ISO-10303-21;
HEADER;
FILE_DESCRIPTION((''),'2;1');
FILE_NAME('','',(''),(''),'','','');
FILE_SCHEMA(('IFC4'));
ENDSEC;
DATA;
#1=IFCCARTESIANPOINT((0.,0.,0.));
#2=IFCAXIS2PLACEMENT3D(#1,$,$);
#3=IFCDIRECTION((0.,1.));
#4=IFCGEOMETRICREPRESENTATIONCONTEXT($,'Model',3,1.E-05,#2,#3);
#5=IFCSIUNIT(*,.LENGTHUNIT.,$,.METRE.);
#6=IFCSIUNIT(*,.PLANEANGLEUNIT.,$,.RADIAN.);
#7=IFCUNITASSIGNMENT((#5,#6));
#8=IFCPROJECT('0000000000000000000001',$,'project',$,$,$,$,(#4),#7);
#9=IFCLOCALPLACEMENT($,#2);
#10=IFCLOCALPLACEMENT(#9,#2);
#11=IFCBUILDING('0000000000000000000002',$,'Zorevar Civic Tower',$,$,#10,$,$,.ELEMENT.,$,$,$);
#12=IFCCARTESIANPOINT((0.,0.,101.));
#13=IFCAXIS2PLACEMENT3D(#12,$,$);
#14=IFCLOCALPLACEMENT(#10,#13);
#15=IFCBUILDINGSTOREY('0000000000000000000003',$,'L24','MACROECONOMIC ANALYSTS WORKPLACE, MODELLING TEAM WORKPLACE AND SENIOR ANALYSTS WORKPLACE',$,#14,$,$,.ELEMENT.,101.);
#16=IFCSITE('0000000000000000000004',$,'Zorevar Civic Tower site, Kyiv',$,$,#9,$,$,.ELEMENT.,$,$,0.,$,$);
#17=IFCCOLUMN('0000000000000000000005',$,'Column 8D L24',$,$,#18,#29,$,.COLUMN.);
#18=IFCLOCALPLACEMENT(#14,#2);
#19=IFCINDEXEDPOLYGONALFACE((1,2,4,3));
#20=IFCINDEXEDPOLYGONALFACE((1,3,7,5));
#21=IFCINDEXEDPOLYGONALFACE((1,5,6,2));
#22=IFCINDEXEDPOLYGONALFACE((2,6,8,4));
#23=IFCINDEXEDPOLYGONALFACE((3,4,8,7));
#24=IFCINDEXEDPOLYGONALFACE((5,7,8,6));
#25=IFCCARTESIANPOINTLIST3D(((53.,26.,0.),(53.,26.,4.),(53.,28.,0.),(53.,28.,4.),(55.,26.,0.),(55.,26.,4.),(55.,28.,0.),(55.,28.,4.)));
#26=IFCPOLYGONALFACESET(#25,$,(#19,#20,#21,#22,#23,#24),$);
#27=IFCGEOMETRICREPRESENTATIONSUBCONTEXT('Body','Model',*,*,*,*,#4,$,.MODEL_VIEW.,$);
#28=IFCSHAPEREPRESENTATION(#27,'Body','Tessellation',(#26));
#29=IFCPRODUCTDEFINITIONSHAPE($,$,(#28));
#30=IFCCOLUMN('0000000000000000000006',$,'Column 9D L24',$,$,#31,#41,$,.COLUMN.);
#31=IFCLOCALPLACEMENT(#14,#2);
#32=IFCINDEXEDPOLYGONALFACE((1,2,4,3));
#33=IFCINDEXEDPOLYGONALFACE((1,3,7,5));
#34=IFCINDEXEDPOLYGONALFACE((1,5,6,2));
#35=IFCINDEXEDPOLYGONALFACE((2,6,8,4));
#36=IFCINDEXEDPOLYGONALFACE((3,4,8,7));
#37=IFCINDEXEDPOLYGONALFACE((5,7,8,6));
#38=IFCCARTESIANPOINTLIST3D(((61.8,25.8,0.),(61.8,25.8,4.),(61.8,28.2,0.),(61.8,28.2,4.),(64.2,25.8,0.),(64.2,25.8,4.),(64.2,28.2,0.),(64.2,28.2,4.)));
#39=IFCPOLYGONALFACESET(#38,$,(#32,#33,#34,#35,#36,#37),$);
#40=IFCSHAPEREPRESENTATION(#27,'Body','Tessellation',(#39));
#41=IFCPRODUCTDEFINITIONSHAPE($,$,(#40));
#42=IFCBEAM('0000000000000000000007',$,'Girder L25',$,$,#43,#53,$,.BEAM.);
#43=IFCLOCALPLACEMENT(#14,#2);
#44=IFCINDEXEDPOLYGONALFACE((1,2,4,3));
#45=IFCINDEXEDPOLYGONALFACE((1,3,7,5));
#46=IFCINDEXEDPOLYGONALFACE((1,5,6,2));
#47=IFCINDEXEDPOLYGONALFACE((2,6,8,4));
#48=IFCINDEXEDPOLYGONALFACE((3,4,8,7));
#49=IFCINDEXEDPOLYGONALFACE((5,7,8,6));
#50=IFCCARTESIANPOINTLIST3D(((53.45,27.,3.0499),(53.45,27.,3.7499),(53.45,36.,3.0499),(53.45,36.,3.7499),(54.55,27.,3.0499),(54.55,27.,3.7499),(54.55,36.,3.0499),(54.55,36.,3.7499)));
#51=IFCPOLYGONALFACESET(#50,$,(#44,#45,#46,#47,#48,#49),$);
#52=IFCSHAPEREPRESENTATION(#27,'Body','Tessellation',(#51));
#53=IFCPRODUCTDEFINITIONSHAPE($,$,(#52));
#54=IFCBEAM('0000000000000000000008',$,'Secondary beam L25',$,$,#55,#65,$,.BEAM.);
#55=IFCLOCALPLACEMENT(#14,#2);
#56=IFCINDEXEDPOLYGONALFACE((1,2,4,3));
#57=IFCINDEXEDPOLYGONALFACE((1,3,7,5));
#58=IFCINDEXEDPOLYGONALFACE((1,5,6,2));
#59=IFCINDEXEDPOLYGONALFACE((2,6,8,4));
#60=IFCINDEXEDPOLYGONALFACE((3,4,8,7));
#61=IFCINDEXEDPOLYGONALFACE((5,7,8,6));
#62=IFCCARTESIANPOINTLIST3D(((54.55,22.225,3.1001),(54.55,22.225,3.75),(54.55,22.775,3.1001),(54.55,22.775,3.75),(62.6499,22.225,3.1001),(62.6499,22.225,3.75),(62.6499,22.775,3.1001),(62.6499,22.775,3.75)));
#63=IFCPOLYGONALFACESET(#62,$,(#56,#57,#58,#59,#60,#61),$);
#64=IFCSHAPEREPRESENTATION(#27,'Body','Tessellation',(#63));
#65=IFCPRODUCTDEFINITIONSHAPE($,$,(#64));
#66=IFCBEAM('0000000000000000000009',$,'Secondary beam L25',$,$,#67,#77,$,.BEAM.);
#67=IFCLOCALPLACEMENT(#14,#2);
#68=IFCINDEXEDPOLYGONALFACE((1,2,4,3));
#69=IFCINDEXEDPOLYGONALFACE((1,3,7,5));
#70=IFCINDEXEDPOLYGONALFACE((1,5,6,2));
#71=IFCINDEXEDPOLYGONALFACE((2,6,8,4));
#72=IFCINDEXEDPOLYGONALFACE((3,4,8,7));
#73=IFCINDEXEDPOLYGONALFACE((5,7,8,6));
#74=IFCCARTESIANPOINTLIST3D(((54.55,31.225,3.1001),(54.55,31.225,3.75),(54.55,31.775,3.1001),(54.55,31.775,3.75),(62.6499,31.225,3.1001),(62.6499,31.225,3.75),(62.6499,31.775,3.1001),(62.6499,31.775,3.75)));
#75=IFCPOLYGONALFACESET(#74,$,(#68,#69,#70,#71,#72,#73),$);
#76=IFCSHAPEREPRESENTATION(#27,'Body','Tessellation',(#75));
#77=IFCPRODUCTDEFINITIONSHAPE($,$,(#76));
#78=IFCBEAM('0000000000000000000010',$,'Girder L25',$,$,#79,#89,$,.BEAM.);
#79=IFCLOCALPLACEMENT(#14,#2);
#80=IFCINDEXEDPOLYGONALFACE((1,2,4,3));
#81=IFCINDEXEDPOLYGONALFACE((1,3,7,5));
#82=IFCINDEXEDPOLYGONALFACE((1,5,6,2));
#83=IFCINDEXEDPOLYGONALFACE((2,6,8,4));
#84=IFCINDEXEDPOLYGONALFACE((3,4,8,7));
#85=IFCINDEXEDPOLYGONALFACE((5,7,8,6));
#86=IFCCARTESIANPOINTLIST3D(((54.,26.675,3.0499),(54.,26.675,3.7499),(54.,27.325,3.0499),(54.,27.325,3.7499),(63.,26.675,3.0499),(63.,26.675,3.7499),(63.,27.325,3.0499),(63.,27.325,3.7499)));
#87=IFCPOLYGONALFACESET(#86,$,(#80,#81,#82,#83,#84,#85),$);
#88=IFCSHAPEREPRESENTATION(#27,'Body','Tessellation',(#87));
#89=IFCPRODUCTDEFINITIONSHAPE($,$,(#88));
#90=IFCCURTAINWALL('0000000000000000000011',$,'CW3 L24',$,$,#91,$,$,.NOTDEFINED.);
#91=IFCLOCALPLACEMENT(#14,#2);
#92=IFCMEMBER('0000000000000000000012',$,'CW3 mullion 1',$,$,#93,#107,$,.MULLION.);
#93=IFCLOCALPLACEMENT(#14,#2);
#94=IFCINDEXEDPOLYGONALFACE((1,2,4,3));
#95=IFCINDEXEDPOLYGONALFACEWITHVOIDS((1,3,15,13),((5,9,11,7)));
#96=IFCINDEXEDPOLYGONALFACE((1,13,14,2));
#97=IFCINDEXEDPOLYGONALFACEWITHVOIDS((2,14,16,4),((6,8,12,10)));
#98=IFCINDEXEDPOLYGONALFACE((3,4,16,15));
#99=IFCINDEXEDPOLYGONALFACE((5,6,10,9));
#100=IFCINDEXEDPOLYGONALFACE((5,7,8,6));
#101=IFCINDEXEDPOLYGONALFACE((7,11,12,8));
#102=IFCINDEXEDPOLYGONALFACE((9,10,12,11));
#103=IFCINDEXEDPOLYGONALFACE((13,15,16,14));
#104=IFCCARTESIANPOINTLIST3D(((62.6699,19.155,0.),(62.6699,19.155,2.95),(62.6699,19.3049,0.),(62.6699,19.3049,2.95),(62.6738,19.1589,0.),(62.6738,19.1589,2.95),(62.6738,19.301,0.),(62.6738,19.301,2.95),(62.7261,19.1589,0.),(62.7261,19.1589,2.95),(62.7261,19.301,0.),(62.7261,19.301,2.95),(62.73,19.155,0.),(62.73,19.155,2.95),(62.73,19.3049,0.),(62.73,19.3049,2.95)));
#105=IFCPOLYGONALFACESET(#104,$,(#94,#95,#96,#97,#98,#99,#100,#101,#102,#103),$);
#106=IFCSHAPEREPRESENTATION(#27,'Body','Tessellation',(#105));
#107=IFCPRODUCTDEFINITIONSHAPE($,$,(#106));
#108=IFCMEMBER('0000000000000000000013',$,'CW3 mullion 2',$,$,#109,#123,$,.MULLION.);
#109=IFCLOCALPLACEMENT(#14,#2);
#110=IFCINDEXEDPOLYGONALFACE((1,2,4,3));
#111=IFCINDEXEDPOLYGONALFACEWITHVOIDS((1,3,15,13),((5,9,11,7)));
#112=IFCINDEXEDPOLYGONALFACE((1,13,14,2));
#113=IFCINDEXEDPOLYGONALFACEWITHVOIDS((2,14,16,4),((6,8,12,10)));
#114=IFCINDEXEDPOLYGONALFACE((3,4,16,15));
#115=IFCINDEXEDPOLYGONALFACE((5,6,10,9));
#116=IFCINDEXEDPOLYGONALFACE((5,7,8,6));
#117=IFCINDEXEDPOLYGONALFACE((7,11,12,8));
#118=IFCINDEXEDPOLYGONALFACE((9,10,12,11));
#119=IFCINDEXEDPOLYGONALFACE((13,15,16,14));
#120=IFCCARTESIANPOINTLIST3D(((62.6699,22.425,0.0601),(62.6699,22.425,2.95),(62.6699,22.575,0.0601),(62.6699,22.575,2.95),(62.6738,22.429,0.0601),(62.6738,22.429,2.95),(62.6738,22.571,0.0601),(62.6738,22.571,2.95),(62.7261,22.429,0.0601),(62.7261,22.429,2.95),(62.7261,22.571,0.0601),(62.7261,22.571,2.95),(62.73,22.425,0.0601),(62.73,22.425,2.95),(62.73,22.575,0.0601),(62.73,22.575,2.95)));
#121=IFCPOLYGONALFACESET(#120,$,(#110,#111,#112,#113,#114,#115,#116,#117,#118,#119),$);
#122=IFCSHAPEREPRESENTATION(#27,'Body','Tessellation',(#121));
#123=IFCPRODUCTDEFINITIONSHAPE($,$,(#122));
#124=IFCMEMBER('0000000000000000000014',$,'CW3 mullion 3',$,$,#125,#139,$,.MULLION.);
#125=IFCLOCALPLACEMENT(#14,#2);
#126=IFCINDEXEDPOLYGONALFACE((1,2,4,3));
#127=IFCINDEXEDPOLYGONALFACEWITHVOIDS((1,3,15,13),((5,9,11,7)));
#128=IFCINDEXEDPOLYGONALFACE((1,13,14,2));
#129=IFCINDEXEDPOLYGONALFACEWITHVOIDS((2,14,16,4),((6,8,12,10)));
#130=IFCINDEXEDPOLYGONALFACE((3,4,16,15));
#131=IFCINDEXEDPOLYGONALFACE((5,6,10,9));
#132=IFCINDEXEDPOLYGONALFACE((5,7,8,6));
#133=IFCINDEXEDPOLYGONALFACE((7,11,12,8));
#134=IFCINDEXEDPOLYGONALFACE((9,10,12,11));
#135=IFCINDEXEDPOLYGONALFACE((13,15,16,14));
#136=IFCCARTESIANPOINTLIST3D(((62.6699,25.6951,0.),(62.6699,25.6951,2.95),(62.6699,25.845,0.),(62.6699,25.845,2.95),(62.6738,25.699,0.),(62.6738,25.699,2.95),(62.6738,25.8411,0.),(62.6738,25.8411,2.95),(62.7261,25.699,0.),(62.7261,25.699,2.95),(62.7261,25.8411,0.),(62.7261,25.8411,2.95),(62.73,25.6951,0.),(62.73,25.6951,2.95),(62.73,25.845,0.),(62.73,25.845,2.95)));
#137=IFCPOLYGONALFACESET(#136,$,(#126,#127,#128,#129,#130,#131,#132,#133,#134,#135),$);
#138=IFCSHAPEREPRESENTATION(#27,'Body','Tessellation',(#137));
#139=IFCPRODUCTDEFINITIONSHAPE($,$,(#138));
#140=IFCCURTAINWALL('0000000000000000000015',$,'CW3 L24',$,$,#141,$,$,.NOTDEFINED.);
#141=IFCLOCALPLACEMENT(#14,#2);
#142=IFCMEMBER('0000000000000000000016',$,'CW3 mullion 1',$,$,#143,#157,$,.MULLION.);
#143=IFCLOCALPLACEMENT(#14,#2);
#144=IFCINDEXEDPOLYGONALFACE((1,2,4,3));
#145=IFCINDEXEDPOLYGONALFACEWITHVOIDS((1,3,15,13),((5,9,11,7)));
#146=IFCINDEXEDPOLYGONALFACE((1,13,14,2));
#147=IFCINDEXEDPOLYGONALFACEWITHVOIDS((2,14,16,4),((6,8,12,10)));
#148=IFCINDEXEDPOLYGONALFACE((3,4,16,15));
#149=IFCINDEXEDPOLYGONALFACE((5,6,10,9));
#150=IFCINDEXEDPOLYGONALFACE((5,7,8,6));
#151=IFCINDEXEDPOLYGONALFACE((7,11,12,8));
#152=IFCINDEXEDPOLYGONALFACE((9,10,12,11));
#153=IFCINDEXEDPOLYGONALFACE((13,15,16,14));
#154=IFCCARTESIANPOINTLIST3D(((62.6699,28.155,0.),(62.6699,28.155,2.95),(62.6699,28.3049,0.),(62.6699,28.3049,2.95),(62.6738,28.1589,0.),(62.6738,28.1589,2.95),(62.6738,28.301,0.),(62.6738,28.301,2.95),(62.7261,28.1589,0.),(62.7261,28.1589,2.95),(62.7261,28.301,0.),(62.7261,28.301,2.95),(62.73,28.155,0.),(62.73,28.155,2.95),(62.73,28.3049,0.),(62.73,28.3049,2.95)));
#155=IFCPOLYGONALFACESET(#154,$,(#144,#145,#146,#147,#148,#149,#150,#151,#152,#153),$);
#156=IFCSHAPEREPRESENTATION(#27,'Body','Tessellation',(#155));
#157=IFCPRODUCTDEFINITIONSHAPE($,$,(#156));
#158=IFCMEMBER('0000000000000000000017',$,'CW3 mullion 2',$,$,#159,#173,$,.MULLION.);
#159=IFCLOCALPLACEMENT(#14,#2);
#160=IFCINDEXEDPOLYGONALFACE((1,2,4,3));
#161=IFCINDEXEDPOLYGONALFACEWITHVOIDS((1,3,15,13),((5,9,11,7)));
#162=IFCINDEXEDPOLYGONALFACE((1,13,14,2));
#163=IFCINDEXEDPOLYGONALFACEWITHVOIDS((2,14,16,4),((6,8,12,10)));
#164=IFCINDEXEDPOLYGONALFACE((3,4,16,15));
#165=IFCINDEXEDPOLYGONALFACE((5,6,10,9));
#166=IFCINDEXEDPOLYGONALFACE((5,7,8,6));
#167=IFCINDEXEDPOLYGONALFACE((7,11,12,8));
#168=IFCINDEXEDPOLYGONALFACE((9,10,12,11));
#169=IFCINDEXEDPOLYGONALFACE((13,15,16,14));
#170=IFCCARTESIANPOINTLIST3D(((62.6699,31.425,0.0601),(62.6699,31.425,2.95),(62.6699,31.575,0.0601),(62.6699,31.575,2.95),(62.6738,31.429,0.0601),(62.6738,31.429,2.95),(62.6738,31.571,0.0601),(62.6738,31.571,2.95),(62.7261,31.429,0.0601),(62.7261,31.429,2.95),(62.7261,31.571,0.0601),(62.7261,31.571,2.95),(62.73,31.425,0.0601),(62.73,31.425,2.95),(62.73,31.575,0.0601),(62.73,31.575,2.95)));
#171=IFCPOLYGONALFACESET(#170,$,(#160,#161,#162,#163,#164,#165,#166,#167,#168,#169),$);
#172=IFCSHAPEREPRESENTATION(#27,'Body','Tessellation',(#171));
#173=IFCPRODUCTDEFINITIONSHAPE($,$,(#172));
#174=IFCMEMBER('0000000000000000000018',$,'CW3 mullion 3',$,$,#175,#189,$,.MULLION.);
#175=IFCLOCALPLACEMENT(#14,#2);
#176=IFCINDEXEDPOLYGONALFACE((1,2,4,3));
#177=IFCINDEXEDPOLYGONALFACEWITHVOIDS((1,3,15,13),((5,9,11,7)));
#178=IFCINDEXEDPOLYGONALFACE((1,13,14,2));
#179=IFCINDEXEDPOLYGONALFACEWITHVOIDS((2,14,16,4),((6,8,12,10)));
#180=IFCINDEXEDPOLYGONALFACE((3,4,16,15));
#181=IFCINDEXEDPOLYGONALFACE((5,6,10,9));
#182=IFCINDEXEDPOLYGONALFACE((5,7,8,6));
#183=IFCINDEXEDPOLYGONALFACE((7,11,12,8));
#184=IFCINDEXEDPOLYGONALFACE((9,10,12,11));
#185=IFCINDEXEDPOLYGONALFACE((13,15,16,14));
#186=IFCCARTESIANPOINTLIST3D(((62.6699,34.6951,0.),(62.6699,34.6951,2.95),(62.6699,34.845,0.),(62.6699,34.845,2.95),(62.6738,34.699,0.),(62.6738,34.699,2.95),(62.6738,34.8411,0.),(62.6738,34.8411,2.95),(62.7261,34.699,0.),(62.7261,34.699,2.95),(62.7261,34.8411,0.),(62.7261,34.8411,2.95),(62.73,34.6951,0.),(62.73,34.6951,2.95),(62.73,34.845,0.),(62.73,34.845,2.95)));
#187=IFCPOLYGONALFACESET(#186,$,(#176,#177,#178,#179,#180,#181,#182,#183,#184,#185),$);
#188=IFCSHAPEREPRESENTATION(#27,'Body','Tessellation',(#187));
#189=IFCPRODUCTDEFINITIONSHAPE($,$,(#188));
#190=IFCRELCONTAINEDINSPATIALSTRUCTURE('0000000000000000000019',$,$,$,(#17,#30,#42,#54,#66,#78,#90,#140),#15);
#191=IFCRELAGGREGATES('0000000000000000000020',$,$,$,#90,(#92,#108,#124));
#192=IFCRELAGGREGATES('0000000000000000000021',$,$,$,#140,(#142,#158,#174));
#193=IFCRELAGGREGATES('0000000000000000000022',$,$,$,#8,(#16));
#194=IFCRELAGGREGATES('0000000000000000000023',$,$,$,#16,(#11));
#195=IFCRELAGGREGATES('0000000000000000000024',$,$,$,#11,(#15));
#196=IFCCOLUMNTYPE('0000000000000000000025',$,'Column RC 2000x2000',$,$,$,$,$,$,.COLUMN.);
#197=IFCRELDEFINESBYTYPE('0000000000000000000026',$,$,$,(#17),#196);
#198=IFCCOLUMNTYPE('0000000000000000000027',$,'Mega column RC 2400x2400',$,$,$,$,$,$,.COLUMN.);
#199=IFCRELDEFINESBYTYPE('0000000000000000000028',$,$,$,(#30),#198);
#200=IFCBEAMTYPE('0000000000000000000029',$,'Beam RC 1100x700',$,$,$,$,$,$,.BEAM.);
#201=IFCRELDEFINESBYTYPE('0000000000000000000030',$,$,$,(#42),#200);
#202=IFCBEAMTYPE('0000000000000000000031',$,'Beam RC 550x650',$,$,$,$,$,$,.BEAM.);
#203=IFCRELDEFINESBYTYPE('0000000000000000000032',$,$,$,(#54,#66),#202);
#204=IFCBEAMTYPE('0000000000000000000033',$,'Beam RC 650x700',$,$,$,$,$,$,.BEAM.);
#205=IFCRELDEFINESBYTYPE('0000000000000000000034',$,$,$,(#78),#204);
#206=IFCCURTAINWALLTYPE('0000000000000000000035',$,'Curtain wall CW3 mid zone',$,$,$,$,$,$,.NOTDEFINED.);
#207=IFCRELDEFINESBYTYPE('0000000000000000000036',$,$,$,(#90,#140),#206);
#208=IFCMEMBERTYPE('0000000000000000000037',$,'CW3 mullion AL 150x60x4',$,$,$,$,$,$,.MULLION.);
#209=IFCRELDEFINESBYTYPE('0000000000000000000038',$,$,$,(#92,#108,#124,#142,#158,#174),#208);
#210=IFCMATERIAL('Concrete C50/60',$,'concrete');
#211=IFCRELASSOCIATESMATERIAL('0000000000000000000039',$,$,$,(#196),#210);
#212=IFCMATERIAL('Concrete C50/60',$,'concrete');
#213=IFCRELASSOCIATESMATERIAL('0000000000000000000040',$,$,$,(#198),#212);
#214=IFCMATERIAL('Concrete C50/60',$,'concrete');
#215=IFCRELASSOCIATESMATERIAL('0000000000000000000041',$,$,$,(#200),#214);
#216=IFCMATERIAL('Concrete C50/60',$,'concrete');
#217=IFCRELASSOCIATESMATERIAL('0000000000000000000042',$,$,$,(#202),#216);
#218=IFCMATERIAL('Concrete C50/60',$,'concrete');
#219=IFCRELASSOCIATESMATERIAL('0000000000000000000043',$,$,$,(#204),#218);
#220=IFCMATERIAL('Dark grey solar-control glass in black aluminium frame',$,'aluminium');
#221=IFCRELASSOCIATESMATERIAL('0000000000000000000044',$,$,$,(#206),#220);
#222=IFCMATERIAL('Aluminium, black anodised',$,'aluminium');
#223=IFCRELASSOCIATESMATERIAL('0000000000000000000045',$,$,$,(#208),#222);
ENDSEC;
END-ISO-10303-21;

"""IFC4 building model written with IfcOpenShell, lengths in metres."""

from ifc_helpers import new_model, si_unit, direction, frame, origin, origin_2d, place, context, subcontext, project, spatial, rectangle, hollow_rectangle, extrude, material, material_profile, profile_set, type_object, element, aggregate, save


model = new_model("IFC4")

# Units and contexts
model_context = context("Model", 3, precision=1e-05, world=origin(), true_north=direction((0.0, 1.0)))
body_context = subcontext(model_context, "Body", "Model", "MODEL_VIEW")
ifc_project = project(units=[si_unit("LENGTHUNIT", "METRE"), si_unit("PLANEANGLEUNIT", "RADIAN")], contexts=[model_context])

# Site, building, storey
site_placement = place(None, origin())
site = spatial("IfcSite", under=ifc_project, at=site_placement, Name="Zorevar Civic Tower site, Kyiv", CompositionType="ELEMENT", RefElevation=0.0)
building_placement = place(site_placement, origin())
building = spatial("IfcBuilding", under=site, at=building_placement, Name="Zorevar Civic Tower", CompositionType="ELEMENT")
storey_placement = place(building_placement, frame((0.0, 0.0, 101.0)))
storey = spatial("IfcBuildingStorey", under=building, at=storey_placement, Name="L24", Description="MACROECONOMIC ANALYSTS WORKPLACE, MODELLING TEAM WORKPLACE AND SENIOR ANALYSTS WORKPLACE", CompositionType="ELEMENT", Elevation=101.0)

# Columns
ifc_material_1 = material(Name="Concrete C50/60", Category="concrete")
ifc_material_profile_1 = material_profile(ifc_material_1, rectangle(XDim=2.0, YDim=2.0, at=origin_2d()), Name="RC 2000x2000")
ifc_profile_set_1 = profile_set([ifc_material_profile_1], Name="Concrete C50/60")
column_type_1 = type_object("IfcColumnType", Name="Column RC 2000x2000", PredefinedType="COLUMN", material=ifc_profile_set_1)
column_1_placement = place(storey_placement, frame((54.0, 27.0, 0.0), z_axis=(0.0, 0.0, 1.0), x_axis=(1.0, 0.0, 0.0)))
element("IfcColumn", 1, at=column_1_placement, inside=storey, type_object=column_type_1, Name="Column 8D L24", PredefinedType="COLUMN", context=body_context, shape_type="SweptSolid", body=[
    extrude(rectangle(XDim=2.0, YDim=2.0, at=origin_2d()), origin(), (0.0, 0.0, 1.0), 4.0),
])
ifc_material_2 = material(Name="Concrete C50/60", Category="concrete")
ifc_material_profile_2 = material_profile(ifc_material_2, rectangle(XDim=2.3999, YDim=2.3999, at=origin_2d()), Name="RC 2400x2400")
ifc_profile_set_2 = profile_set([ifc_material_profile_2], Name="Concrete C50/60")
column_type_2 = type_object("IfcColumnType", Name="Mega column RC 2400x2400", PredefinedType="COLUMN", material=ifc_profile_set_2)
column_2_placement = place(storey_placement, frame((63.0, 27.0, 0.0), z_axis=(0.0, 0.0, 1.0), x_axis=(1.0, 0.0, 0.0)))
element("IfcColumn", 2, at=column_2_placement, inside=storey, type_object=column_type_2, Name="Column 9D L24", PredefinedType="COLUMN", context=body_context, shape_type="SweptSolid", body=[
    extrude(rectangle(XDim=2.3999, YDim=2.3999, at=origin_2d()), origin(), (0.0, 0.0, 1.0), 4.0),
])

# Beams
ifc_material_3 = material(Name="Concrete C50/60", Category="concrete")
ifc_material_profile_3 = material_profile(ifc_material_3, rectangle(XDim=1.1001, YDim=0.7, at=origin_2d()), Name="RC 1100x700")
ifc_profile_set_3 = profile_set([ifc_material_profile_3], Name="Concrete C50/60")
beam_type_1 = type_object("IfcBeamType", Name="Beam RC 1100x700", PredefinedType="BEAM", material=ifc_profile_set_3)
beam_1_placement = place(storey_placement, frame((54.0, 27.0, 3.3999), z_axis=(0.0, 1.0, 0.0), x_axis=(-1.0, 0.0, 0.0)))
element("IfcBeam", 3, at=beam_1_placement, inside=storey, type_object=beam_type_1, Name="Girder L25", PredefinedType="BEAM", context=body_context, shape_type="SweptSolid", body=[
    extrude(rectangle(XDim=1.1001, YDim=0.7, at=origin_2d()), origin(), (0.0, 0.0, 1.0), 9.0),
])
ifc_material_4 = material(Name="Concrete C50/60", Category="concrete")
ifc_material_profile_4 = material_profile(ifc_material_4, rectangle(XDim=0.55, YDim=0.6499, at=origin_2d()), Name="RC 550x650")
ifc_profile_set_4 = profile_set([ifc_material_profile_4], Name="Concrete C50/60")
beam_type_2 = type_object("IfcBeamType", Name="Beam RC 550x650", PredefinedType="BEAM", material=ifc_profile_set_4)
for number, where, z_axis, x_axis, name in (
    (4, (54.55, 22.5, 3.425), (1.0, 0.0, 0.0), (0.0, 1.0, 0.0), "Secondary beam L25"),
    (5, (54.55, 31.5, 3.425), (1.0, 0.0, 0.0), (0.0, 1.0, 0.0), "Secondary beam L25"),
):
    element("IfcBeam", number, at=place(storey_placement, frame(where, z_axis=z_axis, x_axis=x_axis)), inside=storey, type_object=beam_type_2, Name=name, PredefinedType="BEAM", context=body_context, shape_type="SweptSolid", body=[
        extrude(rectangle(XDim=0.55, YDim=0.6499, at=origin_2d()), origin(), (0.0, 0.0, 1.0), 8.0999),
    ])
ifc_material_5 = material(Name="Concrete C50/60", Category="concrete")
ifc_material_profile_5 = material_profile(ifc_material_5, rectangle(XDim=0.6499, YDim=0.7, at=origin_2d()), Name="RC 650x700")
ifc_profile_set_5 = profile_set([ifc_material_profile_5], Name="Concrete C50/60")
beam_type_3 = type_object("IfcBeamType", Name="Beam RC 650x700", PredefinedType="BEAM", material=ifc_profile_set_5)
beam_2_placement = place(storey_placement, frame((54.0, 27.0, 3.3999), z_axis=(1.0, 0.0, 0.0), x_axis=(0.0, 1.0, 0.0)))
element("IfcBeam", 6, at=beam_2_placement, inside=storey, type_object=beam_type_3, Name="Girder L25", PredefinedType="BEAM", context=body_context, shape_type="SweptSolid", body=[
    extrude(rectangle(XDim=0.6499, YDim=0.7, at=origin_2d()), origin(), (0.0, 0.0, 1.0), 9.0),
])

# Curtain walls, members
ifc_material_6 = material(Name="Dark grey solar-control glass in black aluminium frame", Category="aluminium")
curtain_wall_type = type_object("IfcCurtainWallType", Name="Curtain wall CW3 mid zone", PredefinedType="NOTDEFINED", material=ifc_material_6)
curtain_wall_1_placement = place(storey_placement, origin())
curtain_wall_1 = element("IfcCurtainWall", 7, at=curtain_wall_1_placement, inside=storey, type_object=curtain_wall_type, Name="CW3 L24", PredefinedType="NOTDEFINED")
ifc_material_7 = material(Name="Aluminium, black anodised", Category="aluminium")
ifc_material_profile_6 = material_profile(ifc_material_7, hollow_rectangle(XDim=0.0601, YDim=0.1499, WallThickness=0.0039, at=origin_2d()), Name="AL 150x60x4")
ifc_profile_set_6 = profile_set([ifc_material_profile_6], Name="Aluminium, black anodised")
member_type_1 = type_object("IfcMemberType", Name="CW3 mullion AL 150x60x4", PredefinedType="MULLION", material=ifc_profile_set_6)
member_1_placement = place(storey_placement, frame((62.7, 19.23, 0.0), z_axis=(0.0, 0.0, 1.0), x_axis=(-1.0, 0.0, 0.0)))
member_1 = element("IfcMember", 8, at=member_1_placement, type_object=member_type_1, Name="CW3 mullion 1", PredefinedType="MULLION", context=body_context, shape_type="SweptSolid", body=[
    extrude(hollow_rectangle(XDim=0.0601, YDim=0.1499, WallThickness=0.0039, at=origin_2d()), origin(), (0.0, 0.0, 1.0), 2.95),
])
member_2_placement = place(storey_placement, frame((62.7, 22.5, 0.0601), z_axis=(0.0, 0.0, 1.0), x_axis=(-1.0, 0.0, 0.0)))
member_2 = element("IfcMember", 9, at=member_2_placement, type_object=member_type_1, Name="CW3 mullion 2", PredefinedType="MULLION", context=body_context, shape_type="SweptSolid", body=[
    extrude(hollow_rectangle(XDim=0.0601, YDim=0.1499, WallThickness=0.0039, at=origin_2d()), origin(), (0.0, 0.0, 1.0), 2.8899),
])
member_3_placement = place(storey_placement, frame((62.7, 25.77, 0.0), z_axis=(0.0, 0.0, 1.0), x_axis=(-1.0, 0.0, 0.0)))
member_3 = element("IfcMember", 10, at=member_3_placement, type_object=member_type_1, Name="CW3 mullion 3", PredefinedType="MULLION", context=body_context, shape_type="SweptSolid", body=[
    extrude(hollow_rectangle(XDim=0.0601, YDim=0.1499, WallThickness=0.0039, at=origin_2d()), origin(), (0.0, 0.0, 1.0), 2.95),
])
curtain_wall_2_placement = place(storey_placement, origin())
curtain_wall_2 = element("IfcCurtainWall", 11, at=curtain_wall_2_placement, inside=storey, type_object=curtain_wall_type, Name="CW3 L24", PredefinedType="NOTDEFINED")
member_4_placement = place(storey_placement, frame((62.7, 28.23, 0.0), z_axis=(0.0, 0.0, 1.0), x_axis=(-1.0, 0.0, 0.0)))
member_4 = element("IfcMember", 12, at=member_4_placement, type_object=member_type_1, Name="CW3 mullion 1", PredefinedType="MULLION", context=body_context, shape_type="SweptSolid", body=[
    extrude(hollow_rectangle(XDim=0.0601, YDim=0.1499, WallThickness=0.0039, at=origin_2d()), origin(), (0.0, 0.0, 1.0), 2.95),
])
member_5_placement = place(storey_placement, frame((62.7, 31.5, 0.0601), z_axis=(0.0, 0.0, 1.0), x_axis=(-1.0, 0.0, 0.0)))
member_5 = element("IfcMember", 13, at=member_5_placement, type_object=member_type_1, Name="CW3 mullion 2", PredefinedType="MULLION", context=body_context, shape_type="SweptSolid", body=[
    extrude(hollow_rectangle(XDim=0.0601, YDim=0.1499, WallThickness=0.0039, at=origin_2d()), origin(), (0.0, 0.0, 1.0), 2.8899),
])
member_6_placement = place(storey_placement, frame((62.7, 34.77, 0.0), z_axis=(0.0, 0.0, 1.0), x_axis=(-1.0, 0.0, 0.0)))
member_6 = element("IfcMember", 14, at=member_6_placement, type_object=member_type_1, Name="CW3 mullion 3", PredefinedType="MULLION", context=body_context, shape_type="SweptSolid", body=[
    extrude(hollow_rectangle(XDim=0.0601, YDim=0.1499, WallThickness=0.0039, at=origin_2d()), origin(), (0.0, 0.0, 1.0), 2.95),
])

aggregate(curtain_wall_1, [member_1, member_2, member_3])
aggregate(curtain_wall_2, [member_4, member_5, member_6])

save(model, "model.ifc")
